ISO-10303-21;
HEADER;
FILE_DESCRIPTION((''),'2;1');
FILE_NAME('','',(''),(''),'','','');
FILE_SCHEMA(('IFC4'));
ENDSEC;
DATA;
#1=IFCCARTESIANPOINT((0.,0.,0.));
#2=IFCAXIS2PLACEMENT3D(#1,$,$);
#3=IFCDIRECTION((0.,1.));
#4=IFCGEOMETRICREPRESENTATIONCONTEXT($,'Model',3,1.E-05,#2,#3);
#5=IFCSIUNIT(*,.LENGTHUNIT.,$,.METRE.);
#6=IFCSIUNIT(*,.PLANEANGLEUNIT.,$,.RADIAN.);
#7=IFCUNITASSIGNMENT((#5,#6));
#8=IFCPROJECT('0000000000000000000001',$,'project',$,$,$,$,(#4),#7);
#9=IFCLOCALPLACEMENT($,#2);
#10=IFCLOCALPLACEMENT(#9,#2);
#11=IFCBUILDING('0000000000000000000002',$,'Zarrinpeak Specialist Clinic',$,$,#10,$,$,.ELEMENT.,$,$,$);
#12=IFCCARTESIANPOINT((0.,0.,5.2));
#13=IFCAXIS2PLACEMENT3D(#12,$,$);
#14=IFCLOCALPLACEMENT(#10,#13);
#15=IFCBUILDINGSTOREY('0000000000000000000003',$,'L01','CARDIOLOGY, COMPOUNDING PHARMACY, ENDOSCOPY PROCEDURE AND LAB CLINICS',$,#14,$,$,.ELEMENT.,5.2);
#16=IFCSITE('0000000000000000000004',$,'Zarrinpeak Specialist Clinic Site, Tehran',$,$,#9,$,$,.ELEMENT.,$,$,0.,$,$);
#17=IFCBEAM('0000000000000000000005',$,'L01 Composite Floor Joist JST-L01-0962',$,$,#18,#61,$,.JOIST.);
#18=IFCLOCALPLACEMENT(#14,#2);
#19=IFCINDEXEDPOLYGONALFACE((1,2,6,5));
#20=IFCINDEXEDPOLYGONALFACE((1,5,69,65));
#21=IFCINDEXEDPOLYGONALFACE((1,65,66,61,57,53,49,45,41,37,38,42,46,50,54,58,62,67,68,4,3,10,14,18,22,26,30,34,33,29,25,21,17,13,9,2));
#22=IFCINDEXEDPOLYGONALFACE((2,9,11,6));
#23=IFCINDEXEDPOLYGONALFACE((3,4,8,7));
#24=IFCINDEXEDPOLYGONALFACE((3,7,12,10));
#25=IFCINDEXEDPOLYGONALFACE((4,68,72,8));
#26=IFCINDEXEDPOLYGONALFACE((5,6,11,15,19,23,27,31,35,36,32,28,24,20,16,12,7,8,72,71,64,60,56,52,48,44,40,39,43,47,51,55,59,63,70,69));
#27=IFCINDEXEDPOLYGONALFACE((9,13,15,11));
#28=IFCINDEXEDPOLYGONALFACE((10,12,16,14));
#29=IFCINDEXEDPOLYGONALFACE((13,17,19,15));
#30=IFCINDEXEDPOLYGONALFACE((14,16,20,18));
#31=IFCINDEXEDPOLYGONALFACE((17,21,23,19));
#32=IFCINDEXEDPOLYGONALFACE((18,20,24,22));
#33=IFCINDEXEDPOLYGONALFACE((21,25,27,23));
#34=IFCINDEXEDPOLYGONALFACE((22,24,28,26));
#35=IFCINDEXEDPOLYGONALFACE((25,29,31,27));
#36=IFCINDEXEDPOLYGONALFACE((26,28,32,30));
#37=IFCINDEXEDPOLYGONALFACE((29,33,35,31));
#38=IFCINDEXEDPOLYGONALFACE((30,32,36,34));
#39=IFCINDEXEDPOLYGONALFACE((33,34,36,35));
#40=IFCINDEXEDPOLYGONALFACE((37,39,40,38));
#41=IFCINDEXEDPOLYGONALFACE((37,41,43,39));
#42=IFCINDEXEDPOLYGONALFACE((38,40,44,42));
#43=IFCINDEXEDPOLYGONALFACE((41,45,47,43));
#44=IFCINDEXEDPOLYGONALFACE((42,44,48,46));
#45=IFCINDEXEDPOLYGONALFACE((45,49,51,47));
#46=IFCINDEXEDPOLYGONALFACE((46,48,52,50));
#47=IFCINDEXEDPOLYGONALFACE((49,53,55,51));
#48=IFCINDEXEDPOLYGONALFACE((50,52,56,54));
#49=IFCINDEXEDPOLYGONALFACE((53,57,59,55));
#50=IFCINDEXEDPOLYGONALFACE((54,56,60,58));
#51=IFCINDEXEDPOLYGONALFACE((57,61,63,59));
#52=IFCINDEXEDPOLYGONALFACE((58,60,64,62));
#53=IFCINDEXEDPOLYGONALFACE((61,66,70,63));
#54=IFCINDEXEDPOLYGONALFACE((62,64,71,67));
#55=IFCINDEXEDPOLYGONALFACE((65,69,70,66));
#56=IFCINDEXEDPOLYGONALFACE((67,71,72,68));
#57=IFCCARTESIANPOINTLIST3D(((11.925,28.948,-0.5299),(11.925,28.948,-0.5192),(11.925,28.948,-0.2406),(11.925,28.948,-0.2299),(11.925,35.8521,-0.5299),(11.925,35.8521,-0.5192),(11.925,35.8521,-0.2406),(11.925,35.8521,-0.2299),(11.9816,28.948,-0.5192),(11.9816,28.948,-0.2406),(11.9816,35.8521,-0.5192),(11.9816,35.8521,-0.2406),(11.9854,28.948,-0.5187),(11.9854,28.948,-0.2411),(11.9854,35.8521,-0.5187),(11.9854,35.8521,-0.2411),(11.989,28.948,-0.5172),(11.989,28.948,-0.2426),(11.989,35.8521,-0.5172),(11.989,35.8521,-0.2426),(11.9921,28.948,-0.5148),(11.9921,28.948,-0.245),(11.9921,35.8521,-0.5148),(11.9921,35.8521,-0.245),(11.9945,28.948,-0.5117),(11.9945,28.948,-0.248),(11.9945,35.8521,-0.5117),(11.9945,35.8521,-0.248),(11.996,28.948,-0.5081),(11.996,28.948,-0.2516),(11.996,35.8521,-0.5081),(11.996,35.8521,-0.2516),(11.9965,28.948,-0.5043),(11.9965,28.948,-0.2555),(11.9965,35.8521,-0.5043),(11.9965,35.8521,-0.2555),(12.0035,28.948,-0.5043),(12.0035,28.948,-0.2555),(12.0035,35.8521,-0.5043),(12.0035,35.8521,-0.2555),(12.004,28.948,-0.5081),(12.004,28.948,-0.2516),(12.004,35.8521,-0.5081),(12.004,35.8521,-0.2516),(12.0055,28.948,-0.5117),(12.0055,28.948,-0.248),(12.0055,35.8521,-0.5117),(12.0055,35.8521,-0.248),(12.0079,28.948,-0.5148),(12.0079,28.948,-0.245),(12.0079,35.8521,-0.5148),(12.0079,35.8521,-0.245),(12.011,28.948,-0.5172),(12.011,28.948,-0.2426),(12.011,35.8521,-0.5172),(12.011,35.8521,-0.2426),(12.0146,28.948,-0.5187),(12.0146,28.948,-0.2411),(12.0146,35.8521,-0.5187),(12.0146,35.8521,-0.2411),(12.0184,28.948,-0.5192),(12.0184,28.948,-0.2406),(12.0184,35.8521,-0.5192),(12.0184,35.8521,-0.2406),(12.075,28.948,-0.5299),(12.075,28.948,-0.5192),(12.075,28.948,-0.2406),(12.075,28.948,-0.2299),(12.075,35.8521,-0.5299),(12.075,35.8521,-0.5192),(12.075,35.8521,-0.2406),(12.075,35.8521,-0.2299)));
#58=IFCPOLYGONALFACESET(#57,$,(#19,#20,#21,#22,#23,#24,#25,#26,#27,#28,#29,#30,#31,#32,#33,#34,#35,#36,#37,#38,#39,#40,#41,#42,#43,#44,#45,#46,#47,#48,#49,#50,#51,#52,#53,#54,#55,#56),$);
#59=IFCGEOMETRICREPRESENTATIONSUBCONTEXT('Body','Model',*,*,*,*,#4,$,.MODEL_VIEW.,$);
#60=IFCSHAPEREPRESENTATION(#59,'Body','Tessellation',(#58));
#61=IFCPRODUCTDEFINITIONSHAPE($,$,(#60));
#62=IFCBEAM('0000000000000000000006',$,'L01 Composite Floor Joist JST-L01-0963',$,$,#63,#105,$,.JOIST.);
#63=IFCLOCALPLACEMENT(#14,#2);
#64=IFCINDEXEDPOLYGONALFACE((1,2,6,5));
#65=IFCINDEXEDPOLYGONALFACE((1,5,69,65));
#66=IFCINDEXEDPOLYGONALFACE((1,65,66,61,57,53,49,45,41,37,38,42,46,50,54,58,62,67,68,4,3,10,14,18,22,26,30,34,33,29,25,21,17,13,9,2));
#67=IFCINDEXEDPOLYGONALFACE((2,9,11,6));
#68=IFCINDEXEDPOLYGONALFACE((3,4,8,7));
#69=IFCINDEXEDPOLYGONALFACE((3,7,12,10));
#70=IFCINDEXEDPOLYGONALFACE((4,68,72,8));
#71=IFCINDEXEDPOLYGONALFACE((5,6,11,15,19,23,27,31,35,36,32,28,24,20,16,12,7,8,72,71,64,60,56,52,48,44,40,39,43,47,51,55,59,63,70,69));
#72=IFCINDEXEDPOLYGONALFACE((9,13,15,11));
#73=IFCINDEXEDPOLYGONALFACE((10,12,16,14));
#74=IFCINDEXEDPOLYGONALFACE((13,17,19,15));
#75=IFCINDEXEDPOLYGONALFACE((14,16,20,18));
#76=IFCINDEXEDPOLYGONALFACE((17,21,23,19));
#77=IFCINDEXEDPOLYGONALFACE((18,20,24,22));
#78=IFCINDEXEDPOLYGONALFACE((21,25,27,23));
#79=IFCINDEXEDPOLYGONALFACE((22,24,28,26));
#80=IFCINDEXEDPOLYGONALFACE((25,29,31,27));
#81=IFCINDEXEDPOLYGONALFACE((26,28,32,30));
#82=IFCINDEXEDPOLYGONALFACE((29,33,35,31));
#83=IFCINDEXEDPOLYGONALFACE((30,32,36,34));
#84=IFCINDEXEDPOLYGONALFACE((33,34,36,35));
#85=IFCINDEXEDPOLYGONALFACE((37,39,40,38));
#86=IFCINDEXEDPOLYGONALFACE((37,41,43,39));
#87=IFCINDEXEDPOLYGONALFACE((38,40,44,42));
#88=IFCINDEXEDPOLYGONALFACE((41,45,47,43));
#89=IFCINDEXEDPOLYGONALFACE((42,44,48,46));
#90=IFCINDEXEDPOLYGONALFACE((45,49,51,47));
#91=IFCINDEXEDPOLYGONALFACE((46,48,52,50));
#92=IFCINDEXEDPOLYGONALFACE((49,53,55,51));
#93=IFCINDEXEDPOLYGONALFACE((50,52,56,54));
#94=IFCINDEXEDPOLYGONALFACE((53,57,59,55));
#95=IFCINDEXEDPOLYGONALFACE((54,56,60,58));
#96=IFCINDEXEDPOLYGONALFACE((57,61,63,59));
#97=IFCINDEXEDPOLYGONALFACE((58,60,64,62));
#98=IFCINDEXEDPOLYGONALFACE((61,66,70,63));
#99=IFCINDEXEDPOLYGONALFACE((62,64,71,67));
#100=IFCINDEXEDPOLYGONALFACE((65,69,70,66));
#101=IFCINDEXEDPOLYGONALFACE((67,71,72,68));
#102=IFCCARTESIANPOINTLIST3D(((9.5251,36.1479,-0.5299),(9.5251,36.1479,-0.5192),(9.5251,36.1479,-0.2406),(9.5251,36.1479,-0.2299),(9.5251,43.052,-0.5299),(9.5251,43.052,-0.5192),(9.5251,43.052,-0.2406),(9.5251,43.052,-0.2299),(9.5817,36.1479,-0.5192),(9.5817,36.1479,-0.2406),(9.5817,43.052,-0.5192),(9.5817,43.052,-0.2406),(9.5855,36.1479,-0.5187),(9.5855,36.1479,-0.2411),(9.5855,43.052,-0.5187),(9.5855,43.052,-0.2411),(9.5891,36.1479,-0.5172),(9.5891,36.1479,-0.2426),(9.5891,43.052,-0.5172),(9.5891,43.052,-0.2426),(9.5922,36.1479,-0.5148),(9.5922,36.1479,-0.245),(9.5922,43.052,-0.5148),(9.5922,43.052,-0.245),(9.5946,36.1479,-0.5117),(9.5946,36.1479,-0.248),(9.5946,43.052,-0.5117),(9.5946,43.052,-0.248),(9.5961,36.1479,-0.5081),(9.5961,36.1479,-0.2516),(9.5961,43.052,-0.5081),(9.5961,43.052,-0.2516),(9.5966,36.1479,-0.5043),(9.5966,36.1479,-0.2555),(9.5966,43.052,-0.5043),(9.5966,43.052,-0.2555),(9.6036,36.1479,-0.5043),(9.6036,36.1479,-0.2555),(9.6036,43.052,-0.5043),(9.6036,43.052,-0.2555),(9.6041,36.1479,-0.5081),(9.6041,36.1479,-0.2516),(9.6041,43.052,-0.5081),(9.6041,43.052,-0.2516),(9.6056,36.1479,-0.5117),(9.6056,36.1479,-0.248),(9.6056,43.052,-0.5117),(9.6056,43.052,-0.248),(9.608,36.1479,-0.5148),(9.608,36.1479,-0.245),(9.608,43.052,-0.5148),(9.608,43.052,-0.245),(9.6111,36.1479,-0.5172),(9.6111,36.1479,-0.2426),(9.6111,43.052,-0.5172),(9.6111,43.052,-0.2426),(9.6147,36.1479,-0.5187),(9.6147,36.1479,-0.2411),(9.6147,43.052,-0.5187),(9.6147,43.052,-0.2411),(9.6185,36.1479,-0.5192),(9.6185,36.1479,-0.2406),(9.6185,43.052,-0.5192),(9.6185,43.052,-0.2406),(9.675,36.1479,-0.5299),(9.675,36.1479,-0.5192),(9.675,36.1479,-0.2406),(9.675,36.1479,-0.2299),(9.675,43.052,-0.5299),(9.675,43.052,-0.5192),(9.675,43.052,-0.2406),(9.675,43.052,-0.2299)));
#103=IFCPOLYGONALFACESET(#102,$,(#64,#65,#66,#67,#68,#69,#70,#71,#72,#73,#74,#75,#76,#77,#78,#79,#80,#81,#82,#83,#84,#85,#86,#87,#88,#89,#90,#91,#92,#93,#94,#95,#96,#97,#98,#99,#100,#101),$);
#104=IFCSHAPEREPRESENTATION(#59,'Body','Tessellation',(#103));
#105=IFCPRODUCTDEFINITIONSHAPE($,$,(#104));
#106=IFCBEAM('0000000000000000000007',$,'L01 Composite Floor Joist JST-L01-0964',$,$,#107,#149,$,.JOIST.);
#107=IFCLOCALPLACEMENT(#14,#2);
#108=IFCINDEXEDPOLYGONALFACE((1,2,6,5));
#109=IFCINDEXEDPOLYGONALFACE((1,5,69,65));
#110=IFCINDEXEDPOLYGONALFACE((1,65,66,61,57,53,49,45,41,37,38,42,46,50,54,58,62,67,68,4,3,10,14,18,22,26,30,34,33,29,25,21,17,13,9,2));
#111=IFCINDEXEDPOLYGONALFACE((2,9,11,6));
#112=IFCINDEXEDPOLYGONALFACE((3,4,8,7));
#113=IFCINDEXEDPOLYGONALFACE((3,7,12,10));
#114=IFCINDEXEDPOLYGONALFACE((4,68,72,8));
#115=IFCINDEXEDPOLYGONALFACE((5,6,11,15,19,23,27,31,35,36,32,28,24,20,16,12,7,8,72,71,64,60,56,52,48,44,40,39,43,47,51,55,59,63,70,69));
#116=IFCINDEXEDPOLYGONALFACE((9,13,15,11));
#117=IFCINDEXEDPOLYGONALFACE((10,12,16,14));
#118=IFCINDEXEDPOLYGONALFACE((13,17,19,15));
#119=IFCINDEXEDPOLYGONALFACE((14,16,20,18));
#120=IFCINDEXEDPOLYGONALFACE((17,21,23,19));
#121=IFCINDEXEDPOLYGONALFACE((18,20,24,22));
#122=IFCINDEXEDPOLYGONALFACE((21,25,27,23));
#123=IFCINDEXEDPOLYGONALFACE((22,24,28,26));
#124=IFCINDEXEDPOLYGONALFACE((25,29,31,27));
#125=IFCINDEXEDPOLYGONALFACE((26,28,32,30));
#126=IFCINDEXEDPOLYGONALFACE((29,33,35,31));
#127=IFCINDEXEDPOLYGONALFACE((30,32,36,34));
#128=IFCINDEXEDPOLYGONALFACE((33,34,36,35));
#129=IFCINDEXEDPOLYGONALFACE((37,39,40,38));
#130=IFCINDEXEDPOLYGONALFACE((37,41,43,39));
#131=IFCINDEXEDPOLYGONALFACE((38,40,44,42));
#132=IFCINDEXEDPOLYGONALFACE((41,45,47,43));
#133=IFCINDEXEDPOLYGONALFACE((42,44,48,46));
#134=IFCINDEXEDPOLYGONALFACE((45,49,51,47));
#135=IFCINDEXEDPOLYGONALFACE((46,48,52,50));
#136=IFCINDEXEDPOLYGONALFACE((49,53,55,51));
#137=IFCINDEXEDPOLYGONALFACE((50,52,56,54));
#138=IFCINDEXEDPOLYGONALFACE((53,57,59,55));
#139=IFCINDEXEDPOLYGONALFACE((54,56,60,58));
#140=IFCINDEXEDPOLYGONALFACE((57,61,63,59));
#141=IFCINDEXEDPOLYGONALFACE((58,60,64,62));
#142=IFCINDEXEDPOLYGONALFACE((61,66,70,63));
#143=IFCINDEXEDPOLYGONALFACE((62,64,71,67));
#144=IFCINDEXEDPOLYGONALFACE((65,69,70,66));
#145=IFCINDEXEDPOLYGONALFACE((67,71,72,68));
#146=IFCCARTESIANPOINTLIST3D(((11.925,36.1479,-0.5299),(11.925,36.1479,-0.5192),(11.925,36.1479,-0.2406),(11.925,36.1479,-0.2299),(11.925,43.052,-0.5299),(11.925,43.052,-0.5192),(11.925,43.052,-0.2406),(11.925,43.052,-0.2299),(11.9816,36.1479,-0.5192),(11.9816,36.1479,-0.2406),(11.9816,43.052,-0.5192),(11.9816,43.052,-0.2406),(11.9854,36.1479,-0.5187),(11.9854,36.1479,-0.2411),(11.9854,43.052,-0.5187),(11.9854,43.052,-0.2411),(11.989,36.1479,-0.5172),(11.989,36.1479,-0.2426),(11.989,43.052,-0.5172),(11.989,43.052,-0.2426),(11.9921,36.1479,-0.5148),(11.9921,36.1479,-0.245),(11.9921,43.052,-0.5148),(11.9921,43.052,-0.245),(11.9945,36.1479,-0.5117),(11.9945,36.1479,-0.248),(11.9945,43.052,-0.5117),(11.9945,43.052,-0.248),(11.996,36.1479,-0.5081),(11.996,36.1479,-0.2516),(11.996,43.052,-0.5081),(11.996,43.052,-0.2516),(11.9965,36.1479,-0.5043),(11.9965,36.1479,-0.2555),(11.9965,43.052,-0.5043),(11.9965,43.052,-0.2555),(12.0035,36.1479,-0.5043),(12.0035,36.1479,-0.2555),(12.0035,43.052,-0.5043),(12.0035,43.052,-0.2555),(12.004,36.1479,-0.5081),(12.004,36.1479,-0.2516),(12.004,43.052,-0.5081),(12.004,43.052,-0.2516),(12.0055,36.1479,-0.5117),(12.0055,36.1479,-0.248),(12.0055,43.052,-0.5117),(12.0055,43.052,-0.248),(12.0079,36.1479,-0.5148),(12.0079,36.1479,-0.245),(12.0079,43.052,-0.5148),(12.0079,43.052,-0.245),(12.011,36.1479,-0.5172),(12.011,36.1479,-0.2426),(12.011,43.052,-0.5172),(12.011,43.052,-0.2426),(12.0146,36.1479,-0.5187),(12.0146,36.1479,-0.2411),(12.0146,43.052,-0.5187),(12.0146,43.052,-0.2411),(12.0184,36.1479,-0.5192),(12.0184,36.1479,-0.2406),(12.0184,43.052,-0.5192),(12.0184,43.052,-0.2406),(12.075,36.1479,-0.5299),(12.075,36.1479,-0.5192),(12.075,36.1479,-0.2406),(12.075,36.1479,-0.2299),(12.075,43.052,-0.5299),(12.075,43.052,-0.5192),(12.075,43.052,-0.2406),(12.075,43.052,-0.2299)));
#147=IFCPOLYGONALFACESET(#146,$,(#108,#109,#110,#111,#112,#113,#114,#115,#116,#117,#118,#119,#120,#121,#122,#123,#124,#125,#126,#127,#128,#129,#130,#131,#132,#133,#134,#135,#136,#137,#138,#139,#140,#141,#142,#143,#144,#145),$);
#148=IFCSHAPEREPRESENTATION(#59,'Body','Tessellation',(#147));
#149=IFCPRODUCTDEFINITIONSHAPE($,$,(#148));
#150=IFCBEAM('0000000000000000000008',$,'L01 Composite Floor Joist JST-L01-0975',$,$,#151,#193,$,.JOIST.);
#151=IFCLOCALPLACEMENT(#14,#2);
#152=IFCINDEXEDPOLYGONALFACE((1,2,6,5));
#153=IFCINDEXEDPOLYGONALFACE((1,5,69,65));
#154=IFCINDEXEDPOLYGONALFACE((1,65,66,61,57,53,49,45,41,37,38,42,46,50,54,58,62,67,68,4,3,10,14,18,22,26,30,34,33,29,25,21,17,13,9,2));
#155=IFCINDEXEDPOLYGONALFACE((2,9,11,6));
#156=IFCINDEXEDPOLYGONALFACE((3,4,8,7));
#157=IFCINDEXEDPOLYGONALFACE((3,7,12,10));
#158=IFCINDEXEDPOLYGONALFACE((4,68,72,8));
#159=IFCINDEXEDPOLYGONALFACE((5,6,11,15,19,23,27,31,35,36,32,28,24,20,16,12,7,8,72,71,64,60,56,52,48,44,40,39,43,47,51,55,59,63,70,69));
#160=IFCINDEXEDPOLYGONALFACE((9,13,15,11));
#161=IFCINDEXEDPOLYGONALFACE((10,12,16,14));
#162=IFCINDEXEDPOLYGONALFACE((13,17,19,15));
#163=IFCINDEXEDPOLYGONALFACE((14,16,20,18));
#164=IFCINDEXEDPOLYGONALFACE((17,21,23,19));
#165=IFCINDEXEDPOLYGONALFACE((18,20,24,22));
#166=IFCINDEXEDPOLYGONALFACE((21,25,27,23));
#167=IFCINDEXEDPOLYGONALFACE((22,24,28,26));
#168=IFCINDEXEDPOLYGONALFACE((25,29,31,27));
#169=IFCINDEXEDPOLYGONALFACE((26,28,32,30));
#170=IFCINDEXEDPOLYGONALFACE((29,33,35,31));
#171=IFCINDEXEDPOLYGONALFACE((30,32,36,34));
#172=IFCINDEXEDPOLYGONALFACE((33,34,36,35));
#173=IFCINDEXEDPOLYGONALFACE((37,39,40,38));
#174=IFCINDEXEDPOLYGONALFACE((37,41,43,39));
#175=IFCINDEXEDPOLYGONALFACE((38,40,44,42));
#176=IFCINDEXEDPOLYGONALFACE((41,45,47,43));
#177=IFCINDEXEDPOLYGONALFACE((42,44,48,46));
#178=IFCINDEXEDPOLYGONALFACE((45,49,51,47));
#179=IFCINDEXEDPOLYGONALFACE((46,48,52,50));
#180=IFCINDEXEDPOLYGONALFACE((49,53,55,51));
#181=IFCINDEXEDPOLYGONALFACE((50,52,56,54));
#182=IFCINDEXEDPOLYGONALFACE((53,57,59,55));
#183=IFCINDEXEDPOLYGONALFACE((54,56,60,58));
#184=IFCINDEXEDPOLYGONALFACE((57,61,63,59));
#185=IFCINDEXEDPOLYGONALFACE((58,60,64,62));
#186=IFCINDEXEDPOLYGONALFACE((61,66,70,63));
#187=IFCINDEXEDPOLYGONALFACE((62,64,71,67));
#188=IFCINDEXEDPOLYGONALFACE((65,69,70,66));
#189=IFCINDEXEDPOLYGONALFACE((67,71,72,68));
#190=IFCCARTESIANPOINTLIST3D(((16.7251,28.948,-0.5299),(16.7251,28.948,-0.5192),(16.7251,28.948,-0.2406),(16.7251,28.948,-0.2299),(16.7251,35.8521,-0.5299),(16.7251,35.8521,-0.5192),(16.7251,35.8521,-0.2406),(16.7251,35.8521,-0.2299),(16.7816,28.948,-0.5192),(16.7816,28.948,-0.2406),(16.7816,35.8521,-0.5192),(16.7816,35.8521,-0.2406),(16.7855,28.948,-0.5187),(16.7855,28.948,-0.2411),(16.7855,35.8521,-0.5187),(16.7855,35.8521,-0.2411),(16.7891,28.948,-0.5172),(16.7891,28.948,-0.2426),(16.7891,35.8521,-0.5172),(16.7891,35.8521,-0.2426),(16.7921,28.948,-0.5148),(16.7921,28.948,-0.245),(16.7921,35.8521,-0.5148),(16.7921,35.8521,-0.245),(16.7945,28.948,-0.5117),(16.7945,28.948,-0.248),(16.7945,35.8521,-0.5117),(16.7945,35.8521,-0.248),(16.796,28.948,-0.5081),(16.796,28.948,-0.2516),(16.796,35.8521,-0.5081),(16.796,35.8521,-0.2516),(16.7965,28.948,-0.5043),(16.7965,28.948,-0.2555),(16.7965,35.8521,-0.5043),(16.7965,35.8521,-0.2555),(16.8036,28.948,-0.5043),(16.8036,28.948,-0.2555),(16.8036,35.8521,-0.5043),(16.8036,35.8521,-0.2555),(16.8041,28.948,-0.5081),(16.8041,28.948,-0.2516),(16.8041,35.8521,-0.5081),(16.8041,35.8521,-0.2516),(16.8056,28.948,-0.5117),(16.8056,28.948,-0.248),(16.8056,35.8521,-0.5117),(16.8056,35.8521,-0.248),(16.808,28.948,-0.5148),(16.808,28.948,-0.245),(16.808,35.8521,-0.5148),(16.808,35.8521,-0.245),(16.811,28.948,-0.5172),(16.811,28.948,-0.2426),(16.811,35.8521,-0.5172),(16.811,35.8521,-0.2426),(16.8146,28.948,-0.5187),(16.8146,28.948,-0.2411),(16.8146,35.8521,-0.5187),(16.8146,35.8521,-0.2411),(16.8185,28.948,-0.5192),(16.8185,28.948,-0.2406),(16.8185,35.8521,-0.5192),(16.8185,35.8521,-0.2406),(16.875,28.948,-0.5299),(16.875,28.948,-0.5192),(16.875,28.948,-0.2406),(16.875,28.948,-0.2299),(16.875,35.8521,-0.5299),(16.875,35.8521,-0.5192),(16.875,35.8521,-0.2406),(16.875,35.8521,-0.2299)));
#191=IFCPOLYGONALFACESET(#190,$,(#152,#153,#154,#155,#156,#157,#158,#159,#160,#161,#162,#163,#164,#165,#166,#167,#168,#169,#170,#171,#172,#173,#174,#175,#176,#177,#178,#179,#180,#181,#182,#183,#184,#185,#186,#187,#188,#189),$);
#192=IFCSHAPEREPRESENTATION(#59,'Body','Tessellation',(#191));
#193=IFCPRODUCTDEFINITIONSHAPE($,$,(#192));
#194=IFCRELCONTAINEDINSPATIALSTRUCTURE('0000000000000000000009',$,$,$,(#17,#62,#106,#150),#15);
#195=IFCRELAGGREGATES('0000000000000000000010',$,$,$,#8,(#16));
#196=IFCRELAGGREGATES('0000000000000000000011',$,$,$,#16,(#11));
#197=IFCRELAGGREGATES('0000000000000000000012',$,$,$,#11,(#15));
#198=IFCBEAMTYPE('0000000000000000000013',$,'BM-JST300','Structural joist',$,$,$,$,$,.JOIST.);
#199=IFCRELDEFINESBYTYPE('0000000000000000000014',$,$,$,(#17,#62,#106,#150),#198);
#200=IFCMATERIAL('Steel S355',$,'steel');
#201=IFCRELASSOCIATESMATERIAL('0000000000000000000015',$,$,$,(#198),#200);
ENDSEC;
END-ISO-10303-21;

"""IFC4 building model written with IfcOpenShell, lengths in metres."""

from ifc_helpers import new_model, si_unit, direction, frame, origin, origin_2d, place, context, subcontext, project, spatial, i_section, extrude, material, material_profile, profile_set, type_object, element, save


model = new_model("IFC4")

# Units and contexts
model_context = context("Model", 3, precision=1e-05, world=origin(), true_north=direction((0.0, 1.0)))
body_context = subcontext(model_context, "Body", "Model", "MODEL_VIEW")
ifc_project = project(units=[si_unit("LENGTHUNIT", "METRE"), si_unit("PLANEANGLEUNIT", "RADIAN")], contexts=[model_context])

# Site, building, storey
site_placement = place(None, origin())
site = spatial("IfcSite", under=ifc_project, at=site_placement, Name="Zarrinpeak Specialist Clinic Site, Tehran", CompositionType="ELEMENT", RefElevation=0.0)
building_placement = place(site_placement, origin())
building = spatial("IfcBuilding", under=site, at=building_placement, Name="Zarrinpeak Specialist Clinic", CompositionType="ELEMENT")
storey_placement = place(building_placement, frame((0.0, 0.0, 5.2)))
storey = spatial("IfcBuildingStorey", under=building, at=storey_placement, Name="L01", Description="CARDIOLOGY, COMPOUNDING PHARMACY, ENDOSCOPY PROCEDURE AND LAB CLINICS", CompositionType="ELEMENT", Elevation=5.2)

# Shared definitions
ifc_material_1 = material(Name="Steel S355", Category="steel")

# Beams
ifc_material_profile_1 = material_profile(ifc_material_1, i_section(OverallWidth=0.1499, OverallDepth=0.3, WebThickness=0.0071, FlangeThickness=0.0107, FilletRadius=0.0149, at=origin_2d()), Name="IPE 300")
ifc_profile_set_1 = profile_set([ifc_material_profile_1], Name="Steel S355")
beam_type_1 = type_object("IfcBeamType", Name="BM-JST300", Description="Structural joist", PredefinedType="JOIST", material=ifc_profile_set_1)
for number, where, z_axis, x_axis, name in (
    (1, (12.0, 28.948, -0.3799), (0.0, 1.0, 0.0), (-1.0, 0.0, 0.0), "L01 Composite Floor Joist JST-L01-0962"),
    (2, (9.6001, 36.1479, -0.3799), (0.0, 1.0, 0.0), (-1.0, 0.0, 0.0), "L01 Composite Floor Joist JST-L01-0963"),
    (3, (12.0, 36.1479, -0.3799), (0.0, 1.0, 0.0), (-1.0, 0.0, 0.0), "L01 Composite Floor Joist JST-L01-0964"),
    (4, (16.8, 28.948, -0.3799), (0.0, 1.0, 0.0), (-1.0, 0.0, 0.0), "L01 Composite Floor Joist JST-L01-0975"),
):
    element("IfcBeam", number, at=place(storey_placement, frame(where, z_axis=z_axis, x_axis=x_axis)), inside=storey, type_object=beam_type_1, Name=name, PredefinedType="JOIST", context=body_context, shape_type="SweptSolid", body=[
        extrude(i_section(OverallWidth=0.1499, OverallDepth=0.3, WebThickness=0.0071, FlangeThickness=0.0107, FilletRadius=0.0149, at=origin_2d()), origin(), (0.0, 0.0, 1.0), 6.9041),
    ])

save(model, "model.ifc")
